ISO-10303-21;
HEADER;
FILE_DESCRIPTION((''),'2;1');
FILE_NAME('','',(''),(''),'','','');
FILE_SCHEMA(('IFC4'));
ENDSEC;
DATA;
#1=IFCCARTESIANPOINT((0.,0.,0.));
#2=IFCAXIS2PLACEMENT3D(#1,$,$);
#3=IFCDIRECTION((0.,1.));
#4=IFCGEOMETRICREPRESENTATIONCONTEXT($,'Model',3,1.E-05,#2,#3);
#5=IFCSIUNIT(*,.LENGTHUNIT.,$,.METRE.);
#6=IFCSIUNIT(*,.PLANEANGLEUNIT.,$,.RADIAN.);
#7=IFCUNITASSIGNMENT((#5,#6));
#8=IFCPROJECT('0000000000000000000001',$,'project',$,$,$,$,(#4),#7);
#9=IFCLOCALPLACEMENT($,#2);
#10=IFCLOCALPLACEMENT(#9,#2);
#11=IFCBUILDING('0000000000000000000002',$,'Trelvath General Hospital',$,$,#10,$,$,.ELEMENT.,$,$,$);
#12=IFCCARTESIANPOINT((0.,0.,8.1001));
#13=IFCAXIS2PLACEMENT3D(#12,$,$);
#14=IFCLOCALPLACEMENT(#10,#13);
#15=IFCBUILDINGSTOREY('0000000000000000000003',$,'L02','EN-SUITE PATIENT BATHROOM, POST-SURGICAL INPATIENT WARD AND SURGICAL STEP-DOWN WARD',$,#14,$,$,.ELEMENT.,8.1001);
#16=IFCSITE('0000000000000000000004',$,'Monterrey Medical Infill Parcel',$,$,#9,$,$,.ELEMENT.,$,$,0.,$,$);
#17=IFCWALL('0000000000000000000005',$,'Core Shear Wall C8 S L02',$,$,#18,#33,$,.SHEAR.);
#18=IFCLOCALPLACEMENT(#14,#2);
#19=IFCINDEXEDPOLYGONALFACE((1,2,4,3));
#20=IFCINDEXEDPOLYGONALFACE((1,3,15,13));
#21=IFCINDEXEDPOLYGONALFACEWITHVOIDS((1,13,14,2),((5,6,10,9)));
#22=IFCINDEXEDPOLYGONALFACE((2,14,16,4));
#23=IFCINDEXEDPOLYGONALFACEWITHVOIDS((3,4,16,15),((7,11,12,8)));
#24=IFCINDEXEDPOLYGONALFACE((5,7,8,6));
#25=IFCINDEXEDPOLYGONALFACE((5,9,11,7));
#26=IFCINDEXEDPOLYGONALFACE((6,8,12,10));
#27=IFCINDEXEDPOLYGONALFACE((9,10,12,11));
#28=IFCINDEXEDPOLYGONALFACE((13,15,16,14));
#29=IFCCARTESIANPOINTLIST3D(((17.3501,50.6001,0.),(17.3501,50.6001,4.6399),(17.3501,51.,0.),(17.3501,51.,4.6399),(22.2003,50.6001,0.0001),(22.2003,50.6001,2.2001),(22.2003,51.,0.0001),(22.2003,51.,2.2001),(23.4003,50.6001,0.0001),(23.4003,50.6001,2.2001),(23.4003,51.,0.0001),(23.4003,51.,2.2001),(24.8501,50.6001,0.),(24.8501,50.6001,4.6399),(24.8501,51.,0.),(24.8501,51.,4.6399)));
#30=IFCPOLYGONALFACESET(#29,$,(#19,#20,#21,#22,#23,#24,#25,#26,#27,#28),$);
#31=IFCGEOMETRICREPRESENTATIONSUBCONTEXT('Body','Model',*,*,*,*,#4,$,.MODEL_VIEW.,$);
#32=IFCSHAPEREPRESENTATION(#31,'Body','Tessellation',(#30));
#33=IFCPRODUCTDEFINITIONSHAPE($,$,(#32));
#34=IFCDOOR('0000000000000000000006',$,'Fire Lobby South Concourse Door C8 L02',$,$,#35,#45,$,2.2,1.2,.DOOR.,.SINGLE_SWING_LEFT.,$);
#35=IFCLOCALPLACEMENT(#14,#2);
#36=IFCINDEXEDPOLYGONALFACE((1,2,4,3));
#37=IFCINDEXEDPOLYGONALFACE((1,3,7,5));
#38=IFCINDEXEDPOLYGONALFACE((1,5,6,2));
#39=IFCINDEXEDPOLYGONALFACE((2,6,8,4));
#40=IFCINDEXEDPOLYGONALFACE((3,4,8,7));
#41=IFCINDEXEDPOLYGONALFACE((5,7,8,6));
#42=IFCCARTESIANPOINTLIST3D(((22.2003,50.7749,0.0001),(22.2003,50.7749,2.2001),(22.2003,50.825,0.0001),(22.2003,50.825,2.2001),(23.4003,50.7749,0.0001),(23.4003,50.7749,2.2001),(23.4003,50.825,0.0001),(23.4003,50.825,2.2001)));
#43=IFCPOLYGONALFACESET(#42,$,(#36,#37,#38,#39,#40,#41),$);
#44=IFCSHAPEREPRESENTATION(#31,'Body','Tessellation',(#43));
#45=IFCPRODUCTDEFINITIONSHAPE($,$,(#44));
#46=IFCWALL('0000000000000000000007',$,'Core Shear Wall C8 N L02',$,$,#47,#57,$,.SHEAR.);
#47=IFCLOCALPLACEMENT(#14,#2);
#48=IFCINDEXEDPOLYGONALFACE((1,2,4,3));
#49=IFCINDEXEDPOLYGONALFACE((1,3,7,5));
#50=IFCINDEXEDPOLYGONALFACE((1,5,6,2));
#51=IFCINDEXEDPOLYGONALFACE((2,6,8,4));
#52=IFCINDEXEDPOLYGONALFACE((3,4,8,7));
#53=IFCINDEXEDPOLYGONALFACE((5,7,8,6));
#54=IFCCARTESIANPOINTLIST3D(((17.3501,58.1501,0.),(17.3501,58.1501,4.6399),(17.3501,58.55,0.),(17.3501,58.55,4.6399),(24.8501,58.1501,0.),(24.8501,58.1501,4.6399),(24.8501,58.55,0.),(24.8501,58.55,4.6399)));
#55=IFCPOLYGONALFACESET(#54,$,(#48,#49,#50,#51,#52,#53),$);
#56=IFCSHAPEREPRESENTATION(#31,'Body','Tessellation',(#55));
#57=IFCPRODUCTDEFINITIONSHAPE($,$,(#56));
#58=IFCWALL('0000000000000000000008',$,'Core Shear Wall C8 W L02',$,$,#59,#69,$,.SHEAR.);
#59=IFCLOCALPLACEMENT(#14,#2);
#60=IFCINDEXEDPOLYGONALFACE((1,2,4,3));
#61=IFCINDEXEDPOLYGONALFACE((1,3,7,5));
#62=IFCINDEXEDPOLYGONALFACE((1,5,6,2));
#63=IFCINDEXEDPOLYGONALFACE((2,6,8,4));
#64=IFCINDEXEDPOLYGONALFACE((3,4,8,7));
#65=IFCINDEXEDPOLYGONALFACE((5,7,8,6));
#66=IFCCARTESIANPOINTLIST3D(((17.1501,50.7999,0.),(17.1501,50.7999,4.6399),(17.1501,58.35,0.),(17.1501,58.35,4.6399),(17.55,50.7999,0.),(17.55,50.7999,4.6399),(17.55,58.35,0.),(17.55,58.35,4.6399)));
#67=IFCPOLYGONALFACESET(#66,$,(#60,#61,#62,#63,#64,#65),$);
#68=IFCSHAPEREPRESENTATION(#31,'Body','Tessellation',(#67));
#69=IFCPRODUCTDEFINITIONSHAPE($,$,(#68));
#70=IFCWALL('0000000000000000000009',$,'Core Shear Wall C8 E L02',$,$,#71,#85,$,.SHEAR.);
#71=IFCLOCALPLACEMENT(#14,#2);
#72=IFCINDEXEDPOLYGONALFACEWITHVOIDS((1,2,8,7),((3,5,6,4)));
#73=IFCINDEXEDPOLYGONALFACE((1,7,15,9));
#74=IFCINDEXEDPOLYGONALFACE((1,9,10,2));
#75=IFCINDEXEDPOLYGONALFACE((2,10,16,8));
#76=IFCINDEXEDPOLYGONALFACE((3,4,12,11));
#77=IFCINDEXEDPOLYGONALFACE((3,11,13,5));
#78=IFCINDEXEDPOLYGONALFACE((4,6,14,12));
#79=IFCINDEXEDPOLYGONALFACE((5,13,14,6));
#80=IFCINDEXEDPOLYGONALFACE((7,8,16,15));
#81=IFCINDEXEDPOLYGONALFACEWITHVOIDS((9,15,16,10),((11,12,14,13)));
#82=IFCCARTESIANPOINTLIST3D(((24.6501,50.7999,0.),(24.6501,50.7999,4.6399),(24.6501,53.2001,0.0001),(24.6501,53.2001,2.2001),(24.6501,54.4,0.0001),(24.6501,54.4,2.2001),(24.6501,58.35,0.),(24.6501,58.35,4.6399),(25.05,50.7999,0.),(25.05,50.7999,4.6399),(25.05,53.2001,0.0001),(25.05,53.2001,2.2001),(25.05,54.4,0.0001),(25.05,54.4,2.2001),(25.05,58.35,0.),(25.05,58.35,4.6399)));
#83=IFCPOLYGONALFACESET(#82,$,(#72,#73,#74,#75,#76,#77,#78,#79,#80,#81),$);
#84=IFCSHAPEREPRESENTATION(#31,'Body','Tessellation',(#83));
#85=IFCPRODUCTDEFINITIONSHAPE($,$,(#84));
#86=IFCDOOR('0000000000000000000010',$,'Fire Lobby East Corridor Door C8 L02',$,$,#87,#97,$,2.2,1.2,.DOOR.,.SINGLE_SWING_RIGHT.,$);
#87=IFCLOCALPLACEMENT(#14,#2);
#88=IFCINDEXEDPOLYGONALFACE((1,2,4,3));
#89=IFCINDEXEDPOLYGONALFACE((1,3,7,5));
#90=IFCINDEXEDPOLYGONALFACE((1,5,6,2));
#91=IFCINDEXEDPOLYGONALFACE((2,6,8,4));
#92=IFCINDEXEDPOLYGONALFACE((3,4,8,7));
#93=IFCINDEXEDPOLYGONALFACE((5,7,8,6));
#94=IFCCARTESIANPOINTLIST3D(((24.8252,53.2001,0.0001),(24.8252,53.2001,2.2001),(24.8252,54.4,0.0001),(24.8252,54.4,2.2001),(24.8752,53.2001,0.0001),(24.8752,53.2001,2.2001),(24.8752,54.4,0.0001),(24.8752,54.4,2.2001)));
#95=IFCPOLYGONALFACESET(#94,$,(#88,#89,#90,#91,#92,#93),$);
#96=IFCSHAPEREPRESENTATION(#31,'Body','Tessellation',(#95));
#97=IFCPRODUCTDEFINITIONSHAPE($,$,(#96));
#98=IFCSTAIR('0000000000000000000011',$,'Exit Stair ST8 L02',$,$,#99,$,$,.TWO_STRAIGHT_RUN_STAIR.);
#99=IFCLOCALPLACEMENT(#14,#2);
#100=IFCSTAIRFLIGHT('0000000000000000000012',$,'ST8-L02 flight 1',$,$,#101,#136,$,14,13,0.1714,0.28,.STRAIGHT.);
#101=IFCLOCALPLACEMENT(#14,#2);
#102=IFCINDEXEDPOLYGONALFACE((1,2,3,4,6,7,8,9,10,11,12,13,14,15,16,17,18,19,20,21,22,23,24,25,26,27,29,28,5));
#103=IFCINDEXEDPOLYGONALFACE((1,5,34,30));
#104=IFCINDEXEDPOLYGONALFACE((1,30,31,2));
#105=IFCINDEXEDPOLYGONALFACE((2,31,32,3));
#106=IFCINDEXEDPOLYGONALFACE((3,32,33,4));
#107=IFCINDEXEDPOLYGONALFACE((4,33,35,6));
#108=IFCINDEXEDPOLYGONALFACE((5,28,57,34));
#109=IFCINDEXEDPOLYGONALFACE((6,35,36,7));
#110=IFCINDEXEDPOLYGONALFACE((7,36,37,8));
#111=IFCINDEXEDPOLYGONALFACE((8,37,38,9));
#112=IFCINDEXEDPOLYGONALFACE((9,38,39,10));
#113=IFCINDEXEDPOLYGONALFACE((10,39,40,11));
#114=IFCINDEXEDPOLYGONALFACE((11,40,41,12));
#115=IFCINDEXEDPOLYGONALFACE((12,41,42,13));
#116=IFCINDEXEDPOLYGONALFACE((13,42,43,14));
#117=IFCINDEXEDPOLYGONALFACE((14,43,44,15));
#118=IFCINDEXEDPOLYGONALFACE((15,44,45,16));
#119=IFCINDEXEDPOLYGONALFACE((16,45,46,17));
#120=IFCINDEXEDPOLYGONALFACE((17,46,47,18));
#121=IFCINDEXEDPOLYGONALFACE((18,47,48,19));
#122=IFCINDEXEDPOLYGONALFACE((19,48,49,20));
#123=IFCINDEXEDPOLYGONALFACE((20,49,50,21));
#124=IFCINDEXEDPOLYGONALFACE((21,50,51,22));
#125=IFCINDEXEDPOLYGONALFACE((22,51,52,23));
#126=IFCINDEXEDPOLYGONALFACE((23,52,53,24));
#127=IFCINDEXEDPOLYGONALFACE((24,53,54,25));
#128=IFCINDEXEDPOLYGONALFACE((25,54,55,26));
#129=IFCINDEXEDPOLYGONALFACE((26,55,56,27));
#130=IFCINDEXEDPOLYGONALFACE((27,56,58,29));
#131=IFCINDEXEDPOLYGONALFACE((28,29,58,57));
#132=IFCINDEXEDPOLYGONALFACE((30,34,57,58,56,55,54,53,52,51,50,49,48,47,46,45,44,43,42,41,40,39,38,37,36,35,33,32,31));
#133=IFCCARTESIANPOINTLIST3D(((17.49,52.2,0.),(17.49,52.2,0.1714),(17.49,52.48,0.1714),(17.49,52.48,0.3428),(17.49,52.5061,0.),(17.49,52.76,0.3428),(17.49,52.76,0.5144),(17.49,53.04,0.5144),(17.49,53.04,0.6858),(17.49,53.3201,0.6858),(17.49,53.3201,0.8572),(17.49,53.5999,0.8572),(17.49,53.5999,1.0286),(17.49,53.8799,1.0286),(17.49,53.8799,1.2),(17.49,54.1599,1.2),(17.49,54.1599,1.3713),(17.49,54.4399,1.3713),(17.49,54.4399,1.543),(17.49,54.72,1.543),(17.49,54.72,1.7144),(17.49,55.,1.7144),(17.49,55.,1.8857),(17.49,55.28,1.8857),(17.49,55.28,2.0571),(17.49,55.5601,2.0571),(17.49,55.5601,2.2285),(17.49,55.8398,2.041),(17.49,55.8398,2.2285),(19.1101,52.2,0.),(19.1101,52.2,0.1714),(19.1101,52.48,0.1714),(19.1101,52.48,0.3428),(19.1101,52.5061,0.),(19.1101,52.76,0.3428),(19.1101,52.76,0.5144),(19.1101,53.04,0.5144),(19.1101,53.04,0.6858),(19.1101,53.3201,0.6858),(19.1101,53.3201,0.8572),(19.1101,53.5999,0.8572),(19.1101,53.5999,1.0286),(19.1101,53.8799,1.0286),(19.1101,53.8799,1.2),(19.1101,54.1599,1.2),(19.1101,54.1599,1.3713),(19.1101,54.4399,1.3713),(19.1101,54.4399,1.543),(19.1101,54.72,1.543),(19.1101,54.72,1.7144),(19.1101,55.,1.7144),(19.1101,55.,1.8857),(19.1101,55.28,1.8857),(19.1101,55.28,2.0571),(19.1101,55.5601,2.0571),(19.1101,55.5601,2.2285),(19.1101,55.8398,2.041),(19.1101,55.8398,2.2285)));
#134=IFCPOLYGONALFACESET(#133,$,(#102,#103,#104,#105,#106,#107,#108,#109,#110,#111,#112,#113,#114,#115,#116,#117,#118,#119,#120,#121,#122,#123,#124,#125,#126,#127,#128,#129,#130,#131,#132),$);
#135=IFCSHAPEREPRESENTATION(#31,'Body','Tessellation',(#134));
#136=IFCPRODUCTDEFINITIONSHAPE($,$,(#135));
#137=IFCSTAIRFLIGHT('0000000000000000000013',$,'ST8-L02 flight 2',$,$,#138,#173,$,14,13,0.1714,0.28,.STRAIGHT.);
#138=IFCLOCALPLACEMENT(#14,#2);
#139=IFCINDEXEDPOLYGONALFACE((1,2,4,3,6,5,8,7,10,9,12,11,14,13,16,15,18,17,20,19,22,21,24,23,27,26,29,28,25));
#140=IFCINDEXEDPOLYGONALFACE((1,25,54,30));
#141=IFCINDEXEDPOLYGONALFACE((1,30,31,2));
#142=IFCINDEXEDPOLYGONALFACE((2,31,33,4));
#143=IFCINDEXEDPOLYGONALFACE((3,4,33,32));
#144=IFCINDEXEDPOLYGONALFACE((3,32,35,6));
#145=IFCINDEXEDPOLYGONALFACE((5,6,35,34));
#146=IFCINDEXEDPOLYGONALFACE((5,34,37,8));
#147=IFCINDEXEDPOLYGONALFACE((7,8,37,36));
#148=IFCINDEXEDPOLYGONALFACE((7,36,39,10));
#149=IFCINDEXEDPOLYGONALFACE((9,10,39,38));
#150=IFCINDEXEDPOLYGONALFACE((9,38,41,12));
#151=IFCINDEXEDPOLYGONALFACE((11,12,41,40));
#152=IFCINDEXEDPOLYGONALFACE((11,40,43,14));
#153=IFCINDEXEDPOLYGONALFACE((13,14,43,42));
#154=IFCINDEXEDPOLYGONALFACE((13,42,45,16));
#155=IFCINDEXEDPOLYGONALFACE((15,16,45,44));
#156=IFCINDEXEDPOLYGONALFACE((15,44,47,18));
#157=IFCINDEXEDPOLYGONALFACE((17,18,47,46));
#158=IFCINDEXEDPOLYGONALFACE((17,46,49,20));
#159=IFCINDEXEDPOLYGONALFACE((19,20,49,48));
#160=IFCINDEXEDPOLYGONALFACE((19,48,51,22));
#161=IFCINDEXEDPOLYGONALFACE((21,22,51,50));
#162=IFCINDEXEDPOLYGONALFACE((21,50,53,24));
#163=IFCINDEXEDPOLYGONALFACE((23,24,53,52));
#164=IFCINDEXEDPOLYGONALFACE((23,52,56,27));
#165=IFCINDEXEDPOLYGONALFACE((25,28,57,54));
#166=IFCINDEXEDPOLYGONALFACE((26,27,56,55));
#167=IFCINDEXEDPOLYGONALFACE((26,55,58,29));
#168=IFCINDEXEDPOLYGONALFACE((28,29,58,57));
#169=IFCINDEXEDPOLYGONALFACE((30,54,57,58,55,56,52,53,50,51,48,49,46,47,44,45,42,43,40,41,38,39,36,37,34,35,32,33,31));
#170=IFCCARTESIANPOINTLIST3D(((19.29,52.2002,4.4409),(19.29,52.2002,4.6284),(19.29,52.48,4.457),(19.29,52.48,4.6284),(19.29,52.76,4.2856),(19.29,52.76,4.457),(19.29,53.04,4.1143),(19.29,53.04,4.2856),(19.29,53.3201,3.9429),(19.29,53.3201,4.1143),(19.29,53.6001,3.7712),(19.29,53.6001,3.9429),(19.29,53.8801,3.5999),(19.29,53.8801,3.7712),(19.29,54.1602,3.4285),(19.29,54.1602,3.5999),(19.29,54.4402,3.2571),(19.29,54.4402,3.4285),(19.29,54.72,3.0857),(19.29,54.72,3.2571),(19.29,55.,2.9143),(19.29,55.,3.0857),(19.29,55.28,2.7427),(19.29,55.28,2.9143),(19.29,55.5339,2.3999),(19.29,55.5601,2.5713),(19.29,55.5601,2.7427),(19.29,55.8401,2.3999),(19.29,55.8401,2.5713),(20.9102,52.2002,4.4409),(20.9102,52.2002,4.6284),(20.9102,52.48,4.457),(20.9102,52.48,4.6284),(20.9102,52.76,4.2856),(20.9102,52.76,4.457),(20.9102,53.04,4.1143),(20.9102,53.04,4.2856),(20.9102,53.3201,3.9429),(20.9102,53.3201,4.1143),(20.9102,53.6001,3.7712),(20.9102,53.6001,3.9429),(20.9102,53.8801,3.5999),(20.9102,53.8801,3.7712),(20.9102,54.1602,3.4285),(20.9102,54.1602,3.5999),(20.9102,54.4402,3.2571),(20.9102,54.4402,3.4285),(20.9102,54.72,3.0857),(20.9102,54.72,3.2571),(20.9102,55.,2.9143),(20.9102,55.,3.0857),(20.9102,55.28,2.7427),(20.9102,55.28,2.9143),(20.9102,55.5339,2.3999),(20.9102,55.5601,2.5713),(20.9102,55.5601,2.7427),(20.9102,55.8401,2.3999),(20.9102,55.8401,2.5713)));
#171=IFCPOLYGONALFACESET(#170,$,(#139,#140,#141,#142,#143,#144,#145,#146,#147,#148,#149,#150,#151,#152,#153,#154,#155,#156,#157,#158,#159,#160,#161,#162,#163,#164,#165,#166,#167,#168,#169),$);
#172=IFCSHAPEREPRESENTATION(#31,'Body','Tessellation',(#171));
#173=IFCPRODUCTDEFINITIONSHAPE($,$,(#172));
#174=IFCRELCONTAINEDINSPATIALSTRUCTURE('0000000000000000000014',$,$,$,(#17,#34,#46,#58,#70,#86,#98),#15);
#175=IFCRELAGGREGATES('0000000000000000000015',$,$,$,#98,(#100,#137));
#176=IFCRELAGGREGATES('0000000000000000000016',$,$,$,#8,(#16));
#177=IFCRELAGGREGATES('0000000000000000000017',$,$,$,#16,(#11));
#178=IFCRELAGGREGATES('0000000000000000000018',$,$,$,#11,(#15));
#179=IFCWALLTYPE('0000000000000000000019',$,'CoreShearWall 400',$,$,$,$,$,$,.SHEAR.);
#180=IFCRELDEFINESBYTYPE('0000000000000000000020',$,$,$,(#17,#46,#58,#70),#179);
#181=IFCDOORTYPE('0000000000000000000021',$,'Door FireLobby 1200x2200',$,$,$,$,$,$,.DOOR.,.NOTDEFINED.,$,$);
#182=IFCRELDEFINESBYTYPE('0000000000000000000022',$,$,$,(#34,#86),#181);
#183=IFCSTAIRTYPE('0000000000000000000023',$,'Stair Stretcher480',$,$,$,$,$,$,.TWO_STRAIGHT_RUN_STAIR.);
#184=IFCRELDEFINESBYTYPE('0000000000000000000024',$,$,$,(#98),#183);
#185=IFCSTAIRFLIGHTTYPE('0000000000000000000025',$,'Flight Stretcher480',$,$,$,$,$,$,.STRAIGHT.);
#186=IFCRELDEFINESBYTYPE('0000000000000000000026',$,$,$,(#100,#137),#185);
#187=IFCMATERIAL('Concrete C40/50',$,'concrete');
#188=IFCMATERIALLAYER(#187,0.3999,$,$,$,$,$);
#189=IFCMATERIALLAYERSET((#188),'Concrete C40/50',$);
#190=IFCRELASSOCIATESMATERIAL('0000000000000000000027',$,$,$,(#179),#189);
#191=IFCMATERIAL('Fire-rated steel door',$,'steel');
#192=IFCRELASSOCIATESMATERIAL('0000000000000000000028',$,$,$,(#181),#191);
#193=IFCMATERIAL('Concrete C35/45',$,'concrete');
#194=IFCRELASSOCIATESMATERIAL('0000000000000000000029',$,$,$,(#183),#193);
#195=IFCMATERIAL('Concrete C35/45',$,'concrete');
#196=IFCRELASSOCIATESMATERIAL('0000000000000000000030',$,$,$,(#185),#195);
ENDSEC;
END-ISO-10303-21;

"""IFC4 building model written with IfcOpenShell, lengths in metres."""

from ifc_helpers import new_model, si_unit, direction, frame, frame_2d, origin, place, context, subcontext, project, spatial, polyline, rectangle, outline, extrude, material, layer, layer_set, type_object, element, fill, aggregate, save


model = new_model("IFC4")

# Units and contexts
model_context = context("Model", 3, precision=1e-05, world=origin(), true_north=direction((0.0, 1.0)))
body_context = subcontext(model_context, "Body", "Model", "MODEL_VIEW")
ifc_project = project(units=[si_unit("LENGTHUNIT", "METRE"), si_unit("PLANEANGLEUNIT", "RADIAN")], contexts=[model_context])

# Site, building, storey
site_placement = place(None, origin())
site = spatial("IfcSite", under=ifc_project, at=site_placement, Name="Monterrey Medical Infill Parcel", CompositionType="ELEMENT", RefElevation=0.0)
building_placement = place(site_placement, origin())
building = spatial("IfcBuilding", under=site, at=building_placement, Name="Trelvath General Hospital", CompositionType="ELEMENT")
storey_placement = place(building_placement, frame((0.0, 0.0, 8.1001)))
storey = spatial("IfcBuildingStorey", under=building, at=storey_placement, Name="L02", Description="EN-SUITE PATIENT BATHROOM, POST-SURGICAL INPATIENT WARD AND SURGICAL STEP-DOWN WARD", CompositionType="ELEMENT", Elevation=8.1001)

# Wall, opening, door
ifc_material_1 = material(Name="Concrete C40/50", Category="concrete")
ifc_layer_1 = layer(ifc_material_1, 0.3999)
ifc_layer_set_1 = layer_set([ifc_layer_1], Name="Concrete C40/50")
wall_type_1 = type_object("IfcWallType", Name="CoreShearWall 400", PredefinedType="SHEAR", material=ifc_layer_set_1)
wall_1_placement = place(storey_placement, frame((17.3501, 50.8, 0.0), z_axis=(0.0, 0.0, 1.0), x_axis=(1.0, 0.0, 0.0)))
wall_1 = element("IfcWall", 1, at=wall_1_placement, inside=storey, type_object=wall_type_1, Name="Core Shear Wall C8 S L02", PredefinedType="SHEAR", context=body_context, shape_type="SweptSolid", body=[
    extrude(rectangle(XDim=7.5, YDim=0.3999, at=frame_2d((3.75, 0.0))), origin(), (0.0, 0.0, 1.0), 4.6399),
])
opening_1_placement = place(wall_1_placement, frame((4.8501, 0.0, 0.0)))
opening_1 = element("IfcOpeningElement", 2, at=opening_1_placement, cuts=wall_1, PredefinedType="OPENING", context=body_context, shape_type="SweptSolid", body=[
    extrude(rectangle(XDim=1.2, YDim=2.2, at=frame_2d((0.6001, 1.1001))), frame((0.0, 0.21, 0.0), z_axis=(0.0, -1.0, 0.0), x_axis=(1.0, 0.0, 0.0)), (0.0, 0.0, 1.0), 0.4199),
])
ifc_material_2 = material(Name="Fire-rated steel door", Category="steel")
door_type_1 = type_object("IfcDoorType", Name="Door FireLobby 1200x2200", OperationType="NOTDEFINED", PredefinedType="DOOR", material=ifc_material_2)
door_1_placement = place(opening_1_placement, origin())
door_1 = element("IfcDoor", 3, at=door_1_placement, inside=storey, type_object=door_type_1, Name="Fire Lobby South Concourse Door C8 L02", OperationType="SINGLE_SWING_LEFT", OverallHeight=2.2, OverallWidth=1.2, PredefinedType="DOOR", context=body_context, shape_type="SweptSolid", body=[
    extrude(rectangle(XDim=1.2, YDim=2.2, at=frame_2d((0.6001, 1.1001))), frame((0.0, 0.0249, 0.0), z_axis=(0.0, -1.0, 0.0), x_axis=(1.0, 0.0, 0.0)), (0.0, 0.0, 1.0), 0.05),
])
fill(opening_1, door_1)

# Walls
wall_2_placement = place(storey_placement, frame((17.3501, 58.3501, 0.0), z_axis=(0.0, 0.0, 1.0), x_axis=(1.0, 0.0, 0.0)))
element("IfcWall", 4, at=wall_2_placement, inside=storey, type_object=wall_type_1, Name="Core Shear Wall C8 N L02", PredefinedType="SHEAR", context=body_context, shape_type="SweptSolid", body=[
    extrude(rectangle(XDim=7.5, YDim=0.3999, at=frame_2d((3.75, 0.0))), origin(), (0.0, 0.0, 1.0), 4.6399),
])
wall_3_placement = place(storey_placement, frame((17.3501, 50.8, 0.0), z_axis=(0.0, 0.0, 1.0), x_axis=(0.0, 1.0, 0.0)))
element("IfcWall", 5, at=wall_3_placement, inside=storey, type_object=wall_type_1, Name="Core Shear Wall C8 W L02", PredefinedType="SHEAR", context=body_context, shape_type="SweptSolid", body=[
    extrude(rectangle(XDim=7.55, YDim=0.3999, at=frame_2d((3.7749, 0.0))), origin(), (0.0, 0.0, 1.0), 4.6399),
])

# Wall, opening, door
wall_4_placement = place(storey_placement, frame((24.8501, 50.8, 0.0), z_axis=(0.0, 0.0, 1.0), x_axis=(0.0, 1.0, 0.0)))
wall_4 = element("IfcWall", 6, at=wall_4_placement, inside=storey, type_object=wall_type_1, Name="Core Shear Wall C8 E L02", PredefinedType="SHEAR", context=body_context, shape_type="SweptSolid", body=[
    extrude(rectangle(XDim=7.55, YDim=0.3999, at=frame_2d((3.7749, 0.0))), origin(), (0.0, 0.0, 1.0), 4.6399),
])
opening_2_placement = place(wall_4_placement, frame((2.3999, 0.0, 0.0)))
opening_2 = element("IfcOpeningElement", 7, at=opening_2_placement, cuts=wall_4, PredefinedType="OPENING", context=body_context, shape_type="SweptSolid", body=[
    extrude(rectangle(XDim=1.2, YDim=2.2, at=frame_2d((0.6001, 1.1001))), frame((0.0, 0.21, 0.0), z_axis=(0.0, -1.0, 0.0), x_axis=(1.0, 0.0, 0.0)), (0.0, 0.0, 1.0), 0.4199),
])
door_2_placement = place(opening_2_placement, origin())
door_2 = element("IfcDoor", 8, at=door_2_placement, inside=storey, type_object=door_type_1, Name="Fire Lobby East Corridor Door C8 L02", OperationType="SINGLE_SWING_RIGHT", OverallHeight=2.2, OverallWidth=1.2, PredefinedType="DOOR", context=body_context, shape_type="SweptSolid", body=[
    extrude(rectangle(XDim=1.2, YDim=2.2, at=frame_2d((0.6001, 1.1001))), frame((0.0, 0.0249, 0.0), z_axis=(0.0, -1.0, 0.0), x_axis=(1.0, 0.0, 0.0)), (0.0, 0.0, 1.0), 0.05),
])
fill(opening_2, door_2)

# Stair, stair flights
ifc_material_3 = material(Name="Concrete C35/45", Category="concrete")
stair_type = type_object("IfcStairType", Name="Stair Stretcher480", PredefinedType="TWO_STRAIGHT_RUN_STAIR", material=ifc_material_3)
stair_placement = place(storey_placement, origin())
stair = element("IfcStair", 9, at=stair_placement, inside=storey, type_object=stair_type, Name="Exit Stair ST8 L02", PredefinedType="TWO_STRAIGHT_RUN_STAIR")
ifc_material_4 = material(Name="Concrete C35/45", Category="concrete")
stair_flight_type = type_object("IfcStairFlightType", Name="Flight Stretcher480", PredefinedType="STRAIGHT", material=ifc_material_4)
stair_flight_1_placement = place(storey_placement, frame((18.3, 52.2, 0.0), z_axis=(0.0, 0.0, 1.0), x_axis=(0.0, 1.0, 0.0)))
stair_flight_1 = element("IfcStairFlight", 10, at=stair_flight_1_placement, type_object=stair_flight_type, Name="ST8-L02 flight 1", NumberOfRisers=14, NumberOfTreads=13, PredefinedType="STRAIGHT", RiserHeight=0.1714, TreadLength=0.28, context=body_context, shape_type="SweptSolid", body=[
    extrude(outline(polyline([(0.0, 0.0), (0.0, 0.1714), (0.28, 0.1714), (0.28, 0.3428), (0.5601, 0.3428), (0.5601, 0.5144), (0.8401, 0.5144), (0.8401, 0.6858), (1.1201, 0.6858), (1.1201, 0.8572), (1.3999, 0.8572), (1.3999, 1.0286), (1.6799, 1.0286), (1.6799, 1.2), (1.96, 1.2), (1.96, 1.3713), (2.24, 1.3713), (2.24, 1.543), (2.52, 1.543), (2.52, 1.7144), (2.8, 1.7144), (2.8, 1.8857), (3.0801, 1.8857), (3.0801, 2.0571), (3.3601, 2.0571), (3.3601, 2.2285), (3.6399, 2.2285), (3.6399, 2.3999), (3.6399, 2.041), (0.3062, 0.0), (0.0, 0.0)])), frame((0.0, 0.8101, 0.0), z_axis=(0.0, -1.0, 0.0), x_axis=(1.0, 0.0, 0.0)), (0.0, 0.0, 1.0), 1.6201),
])
stair_flight_2_placement = place(storey_placement, frame((20.1001, 55.8401, 2.3999), z_axis=(0.0, 0.0, 1.0), x_axis=(0.0, -1.0, 0.0)))
stair_flight_2 = element("IfcStairFlight", 11, at=stair_flight_2_placement, type_object=stair_flight_type, Name="ST8-L02 flight 2", NumberOfRisers=14, NumberOfTreads=13, PredefinedType="STRAIGHT", RiserHeight=0.1714, TreadLength=0.28, context=body_context, shape_type="SweptSolid", body=[
    extrude(outline(polyline([(0.0, 0.0), (0.0, 0.1714), (0.28, 0.1714), (0.28, 0.3428), (0.5601, 0.3428), (0.5601, 0.5144), (0.8401, 0.5144), (0.8401, 0.6858), (1.1201, 0.6858), (1.1201, 0.8572), (1.3999, 0.8572), (1.3999, 1.0286), (1.6799, 1.0286), (1.6799, 1.2), (1.96, 1.2), (1.96, 1.3713), (2.24, 1.3713), (2.24, 1.543), (2.52, 1.543), (2.52, 1.7144), (2.8, 1.7144), (2.8, 1.8857), (3.0801, 1.8857), (3.0801, 2.0571), (3.3601, 2.0571), (3.3601, 2.2285), (3.6399, 2.2285), (3.6399, 2.3999), (3.6399, 2.041), (0.3062, 0.0), (0.0, 0.0)])), frame((0.0, 0.8101, 0.0), z_axis=(0.0, -1.0, 0.0), x_axis=(1.0, 0.0, 0.0)), (0.0, 0.0, 1.0), 1.6201),
])
aggregate(stair, [stair_flight_1, stair_flight_2])

save(model, "model.ifc")
